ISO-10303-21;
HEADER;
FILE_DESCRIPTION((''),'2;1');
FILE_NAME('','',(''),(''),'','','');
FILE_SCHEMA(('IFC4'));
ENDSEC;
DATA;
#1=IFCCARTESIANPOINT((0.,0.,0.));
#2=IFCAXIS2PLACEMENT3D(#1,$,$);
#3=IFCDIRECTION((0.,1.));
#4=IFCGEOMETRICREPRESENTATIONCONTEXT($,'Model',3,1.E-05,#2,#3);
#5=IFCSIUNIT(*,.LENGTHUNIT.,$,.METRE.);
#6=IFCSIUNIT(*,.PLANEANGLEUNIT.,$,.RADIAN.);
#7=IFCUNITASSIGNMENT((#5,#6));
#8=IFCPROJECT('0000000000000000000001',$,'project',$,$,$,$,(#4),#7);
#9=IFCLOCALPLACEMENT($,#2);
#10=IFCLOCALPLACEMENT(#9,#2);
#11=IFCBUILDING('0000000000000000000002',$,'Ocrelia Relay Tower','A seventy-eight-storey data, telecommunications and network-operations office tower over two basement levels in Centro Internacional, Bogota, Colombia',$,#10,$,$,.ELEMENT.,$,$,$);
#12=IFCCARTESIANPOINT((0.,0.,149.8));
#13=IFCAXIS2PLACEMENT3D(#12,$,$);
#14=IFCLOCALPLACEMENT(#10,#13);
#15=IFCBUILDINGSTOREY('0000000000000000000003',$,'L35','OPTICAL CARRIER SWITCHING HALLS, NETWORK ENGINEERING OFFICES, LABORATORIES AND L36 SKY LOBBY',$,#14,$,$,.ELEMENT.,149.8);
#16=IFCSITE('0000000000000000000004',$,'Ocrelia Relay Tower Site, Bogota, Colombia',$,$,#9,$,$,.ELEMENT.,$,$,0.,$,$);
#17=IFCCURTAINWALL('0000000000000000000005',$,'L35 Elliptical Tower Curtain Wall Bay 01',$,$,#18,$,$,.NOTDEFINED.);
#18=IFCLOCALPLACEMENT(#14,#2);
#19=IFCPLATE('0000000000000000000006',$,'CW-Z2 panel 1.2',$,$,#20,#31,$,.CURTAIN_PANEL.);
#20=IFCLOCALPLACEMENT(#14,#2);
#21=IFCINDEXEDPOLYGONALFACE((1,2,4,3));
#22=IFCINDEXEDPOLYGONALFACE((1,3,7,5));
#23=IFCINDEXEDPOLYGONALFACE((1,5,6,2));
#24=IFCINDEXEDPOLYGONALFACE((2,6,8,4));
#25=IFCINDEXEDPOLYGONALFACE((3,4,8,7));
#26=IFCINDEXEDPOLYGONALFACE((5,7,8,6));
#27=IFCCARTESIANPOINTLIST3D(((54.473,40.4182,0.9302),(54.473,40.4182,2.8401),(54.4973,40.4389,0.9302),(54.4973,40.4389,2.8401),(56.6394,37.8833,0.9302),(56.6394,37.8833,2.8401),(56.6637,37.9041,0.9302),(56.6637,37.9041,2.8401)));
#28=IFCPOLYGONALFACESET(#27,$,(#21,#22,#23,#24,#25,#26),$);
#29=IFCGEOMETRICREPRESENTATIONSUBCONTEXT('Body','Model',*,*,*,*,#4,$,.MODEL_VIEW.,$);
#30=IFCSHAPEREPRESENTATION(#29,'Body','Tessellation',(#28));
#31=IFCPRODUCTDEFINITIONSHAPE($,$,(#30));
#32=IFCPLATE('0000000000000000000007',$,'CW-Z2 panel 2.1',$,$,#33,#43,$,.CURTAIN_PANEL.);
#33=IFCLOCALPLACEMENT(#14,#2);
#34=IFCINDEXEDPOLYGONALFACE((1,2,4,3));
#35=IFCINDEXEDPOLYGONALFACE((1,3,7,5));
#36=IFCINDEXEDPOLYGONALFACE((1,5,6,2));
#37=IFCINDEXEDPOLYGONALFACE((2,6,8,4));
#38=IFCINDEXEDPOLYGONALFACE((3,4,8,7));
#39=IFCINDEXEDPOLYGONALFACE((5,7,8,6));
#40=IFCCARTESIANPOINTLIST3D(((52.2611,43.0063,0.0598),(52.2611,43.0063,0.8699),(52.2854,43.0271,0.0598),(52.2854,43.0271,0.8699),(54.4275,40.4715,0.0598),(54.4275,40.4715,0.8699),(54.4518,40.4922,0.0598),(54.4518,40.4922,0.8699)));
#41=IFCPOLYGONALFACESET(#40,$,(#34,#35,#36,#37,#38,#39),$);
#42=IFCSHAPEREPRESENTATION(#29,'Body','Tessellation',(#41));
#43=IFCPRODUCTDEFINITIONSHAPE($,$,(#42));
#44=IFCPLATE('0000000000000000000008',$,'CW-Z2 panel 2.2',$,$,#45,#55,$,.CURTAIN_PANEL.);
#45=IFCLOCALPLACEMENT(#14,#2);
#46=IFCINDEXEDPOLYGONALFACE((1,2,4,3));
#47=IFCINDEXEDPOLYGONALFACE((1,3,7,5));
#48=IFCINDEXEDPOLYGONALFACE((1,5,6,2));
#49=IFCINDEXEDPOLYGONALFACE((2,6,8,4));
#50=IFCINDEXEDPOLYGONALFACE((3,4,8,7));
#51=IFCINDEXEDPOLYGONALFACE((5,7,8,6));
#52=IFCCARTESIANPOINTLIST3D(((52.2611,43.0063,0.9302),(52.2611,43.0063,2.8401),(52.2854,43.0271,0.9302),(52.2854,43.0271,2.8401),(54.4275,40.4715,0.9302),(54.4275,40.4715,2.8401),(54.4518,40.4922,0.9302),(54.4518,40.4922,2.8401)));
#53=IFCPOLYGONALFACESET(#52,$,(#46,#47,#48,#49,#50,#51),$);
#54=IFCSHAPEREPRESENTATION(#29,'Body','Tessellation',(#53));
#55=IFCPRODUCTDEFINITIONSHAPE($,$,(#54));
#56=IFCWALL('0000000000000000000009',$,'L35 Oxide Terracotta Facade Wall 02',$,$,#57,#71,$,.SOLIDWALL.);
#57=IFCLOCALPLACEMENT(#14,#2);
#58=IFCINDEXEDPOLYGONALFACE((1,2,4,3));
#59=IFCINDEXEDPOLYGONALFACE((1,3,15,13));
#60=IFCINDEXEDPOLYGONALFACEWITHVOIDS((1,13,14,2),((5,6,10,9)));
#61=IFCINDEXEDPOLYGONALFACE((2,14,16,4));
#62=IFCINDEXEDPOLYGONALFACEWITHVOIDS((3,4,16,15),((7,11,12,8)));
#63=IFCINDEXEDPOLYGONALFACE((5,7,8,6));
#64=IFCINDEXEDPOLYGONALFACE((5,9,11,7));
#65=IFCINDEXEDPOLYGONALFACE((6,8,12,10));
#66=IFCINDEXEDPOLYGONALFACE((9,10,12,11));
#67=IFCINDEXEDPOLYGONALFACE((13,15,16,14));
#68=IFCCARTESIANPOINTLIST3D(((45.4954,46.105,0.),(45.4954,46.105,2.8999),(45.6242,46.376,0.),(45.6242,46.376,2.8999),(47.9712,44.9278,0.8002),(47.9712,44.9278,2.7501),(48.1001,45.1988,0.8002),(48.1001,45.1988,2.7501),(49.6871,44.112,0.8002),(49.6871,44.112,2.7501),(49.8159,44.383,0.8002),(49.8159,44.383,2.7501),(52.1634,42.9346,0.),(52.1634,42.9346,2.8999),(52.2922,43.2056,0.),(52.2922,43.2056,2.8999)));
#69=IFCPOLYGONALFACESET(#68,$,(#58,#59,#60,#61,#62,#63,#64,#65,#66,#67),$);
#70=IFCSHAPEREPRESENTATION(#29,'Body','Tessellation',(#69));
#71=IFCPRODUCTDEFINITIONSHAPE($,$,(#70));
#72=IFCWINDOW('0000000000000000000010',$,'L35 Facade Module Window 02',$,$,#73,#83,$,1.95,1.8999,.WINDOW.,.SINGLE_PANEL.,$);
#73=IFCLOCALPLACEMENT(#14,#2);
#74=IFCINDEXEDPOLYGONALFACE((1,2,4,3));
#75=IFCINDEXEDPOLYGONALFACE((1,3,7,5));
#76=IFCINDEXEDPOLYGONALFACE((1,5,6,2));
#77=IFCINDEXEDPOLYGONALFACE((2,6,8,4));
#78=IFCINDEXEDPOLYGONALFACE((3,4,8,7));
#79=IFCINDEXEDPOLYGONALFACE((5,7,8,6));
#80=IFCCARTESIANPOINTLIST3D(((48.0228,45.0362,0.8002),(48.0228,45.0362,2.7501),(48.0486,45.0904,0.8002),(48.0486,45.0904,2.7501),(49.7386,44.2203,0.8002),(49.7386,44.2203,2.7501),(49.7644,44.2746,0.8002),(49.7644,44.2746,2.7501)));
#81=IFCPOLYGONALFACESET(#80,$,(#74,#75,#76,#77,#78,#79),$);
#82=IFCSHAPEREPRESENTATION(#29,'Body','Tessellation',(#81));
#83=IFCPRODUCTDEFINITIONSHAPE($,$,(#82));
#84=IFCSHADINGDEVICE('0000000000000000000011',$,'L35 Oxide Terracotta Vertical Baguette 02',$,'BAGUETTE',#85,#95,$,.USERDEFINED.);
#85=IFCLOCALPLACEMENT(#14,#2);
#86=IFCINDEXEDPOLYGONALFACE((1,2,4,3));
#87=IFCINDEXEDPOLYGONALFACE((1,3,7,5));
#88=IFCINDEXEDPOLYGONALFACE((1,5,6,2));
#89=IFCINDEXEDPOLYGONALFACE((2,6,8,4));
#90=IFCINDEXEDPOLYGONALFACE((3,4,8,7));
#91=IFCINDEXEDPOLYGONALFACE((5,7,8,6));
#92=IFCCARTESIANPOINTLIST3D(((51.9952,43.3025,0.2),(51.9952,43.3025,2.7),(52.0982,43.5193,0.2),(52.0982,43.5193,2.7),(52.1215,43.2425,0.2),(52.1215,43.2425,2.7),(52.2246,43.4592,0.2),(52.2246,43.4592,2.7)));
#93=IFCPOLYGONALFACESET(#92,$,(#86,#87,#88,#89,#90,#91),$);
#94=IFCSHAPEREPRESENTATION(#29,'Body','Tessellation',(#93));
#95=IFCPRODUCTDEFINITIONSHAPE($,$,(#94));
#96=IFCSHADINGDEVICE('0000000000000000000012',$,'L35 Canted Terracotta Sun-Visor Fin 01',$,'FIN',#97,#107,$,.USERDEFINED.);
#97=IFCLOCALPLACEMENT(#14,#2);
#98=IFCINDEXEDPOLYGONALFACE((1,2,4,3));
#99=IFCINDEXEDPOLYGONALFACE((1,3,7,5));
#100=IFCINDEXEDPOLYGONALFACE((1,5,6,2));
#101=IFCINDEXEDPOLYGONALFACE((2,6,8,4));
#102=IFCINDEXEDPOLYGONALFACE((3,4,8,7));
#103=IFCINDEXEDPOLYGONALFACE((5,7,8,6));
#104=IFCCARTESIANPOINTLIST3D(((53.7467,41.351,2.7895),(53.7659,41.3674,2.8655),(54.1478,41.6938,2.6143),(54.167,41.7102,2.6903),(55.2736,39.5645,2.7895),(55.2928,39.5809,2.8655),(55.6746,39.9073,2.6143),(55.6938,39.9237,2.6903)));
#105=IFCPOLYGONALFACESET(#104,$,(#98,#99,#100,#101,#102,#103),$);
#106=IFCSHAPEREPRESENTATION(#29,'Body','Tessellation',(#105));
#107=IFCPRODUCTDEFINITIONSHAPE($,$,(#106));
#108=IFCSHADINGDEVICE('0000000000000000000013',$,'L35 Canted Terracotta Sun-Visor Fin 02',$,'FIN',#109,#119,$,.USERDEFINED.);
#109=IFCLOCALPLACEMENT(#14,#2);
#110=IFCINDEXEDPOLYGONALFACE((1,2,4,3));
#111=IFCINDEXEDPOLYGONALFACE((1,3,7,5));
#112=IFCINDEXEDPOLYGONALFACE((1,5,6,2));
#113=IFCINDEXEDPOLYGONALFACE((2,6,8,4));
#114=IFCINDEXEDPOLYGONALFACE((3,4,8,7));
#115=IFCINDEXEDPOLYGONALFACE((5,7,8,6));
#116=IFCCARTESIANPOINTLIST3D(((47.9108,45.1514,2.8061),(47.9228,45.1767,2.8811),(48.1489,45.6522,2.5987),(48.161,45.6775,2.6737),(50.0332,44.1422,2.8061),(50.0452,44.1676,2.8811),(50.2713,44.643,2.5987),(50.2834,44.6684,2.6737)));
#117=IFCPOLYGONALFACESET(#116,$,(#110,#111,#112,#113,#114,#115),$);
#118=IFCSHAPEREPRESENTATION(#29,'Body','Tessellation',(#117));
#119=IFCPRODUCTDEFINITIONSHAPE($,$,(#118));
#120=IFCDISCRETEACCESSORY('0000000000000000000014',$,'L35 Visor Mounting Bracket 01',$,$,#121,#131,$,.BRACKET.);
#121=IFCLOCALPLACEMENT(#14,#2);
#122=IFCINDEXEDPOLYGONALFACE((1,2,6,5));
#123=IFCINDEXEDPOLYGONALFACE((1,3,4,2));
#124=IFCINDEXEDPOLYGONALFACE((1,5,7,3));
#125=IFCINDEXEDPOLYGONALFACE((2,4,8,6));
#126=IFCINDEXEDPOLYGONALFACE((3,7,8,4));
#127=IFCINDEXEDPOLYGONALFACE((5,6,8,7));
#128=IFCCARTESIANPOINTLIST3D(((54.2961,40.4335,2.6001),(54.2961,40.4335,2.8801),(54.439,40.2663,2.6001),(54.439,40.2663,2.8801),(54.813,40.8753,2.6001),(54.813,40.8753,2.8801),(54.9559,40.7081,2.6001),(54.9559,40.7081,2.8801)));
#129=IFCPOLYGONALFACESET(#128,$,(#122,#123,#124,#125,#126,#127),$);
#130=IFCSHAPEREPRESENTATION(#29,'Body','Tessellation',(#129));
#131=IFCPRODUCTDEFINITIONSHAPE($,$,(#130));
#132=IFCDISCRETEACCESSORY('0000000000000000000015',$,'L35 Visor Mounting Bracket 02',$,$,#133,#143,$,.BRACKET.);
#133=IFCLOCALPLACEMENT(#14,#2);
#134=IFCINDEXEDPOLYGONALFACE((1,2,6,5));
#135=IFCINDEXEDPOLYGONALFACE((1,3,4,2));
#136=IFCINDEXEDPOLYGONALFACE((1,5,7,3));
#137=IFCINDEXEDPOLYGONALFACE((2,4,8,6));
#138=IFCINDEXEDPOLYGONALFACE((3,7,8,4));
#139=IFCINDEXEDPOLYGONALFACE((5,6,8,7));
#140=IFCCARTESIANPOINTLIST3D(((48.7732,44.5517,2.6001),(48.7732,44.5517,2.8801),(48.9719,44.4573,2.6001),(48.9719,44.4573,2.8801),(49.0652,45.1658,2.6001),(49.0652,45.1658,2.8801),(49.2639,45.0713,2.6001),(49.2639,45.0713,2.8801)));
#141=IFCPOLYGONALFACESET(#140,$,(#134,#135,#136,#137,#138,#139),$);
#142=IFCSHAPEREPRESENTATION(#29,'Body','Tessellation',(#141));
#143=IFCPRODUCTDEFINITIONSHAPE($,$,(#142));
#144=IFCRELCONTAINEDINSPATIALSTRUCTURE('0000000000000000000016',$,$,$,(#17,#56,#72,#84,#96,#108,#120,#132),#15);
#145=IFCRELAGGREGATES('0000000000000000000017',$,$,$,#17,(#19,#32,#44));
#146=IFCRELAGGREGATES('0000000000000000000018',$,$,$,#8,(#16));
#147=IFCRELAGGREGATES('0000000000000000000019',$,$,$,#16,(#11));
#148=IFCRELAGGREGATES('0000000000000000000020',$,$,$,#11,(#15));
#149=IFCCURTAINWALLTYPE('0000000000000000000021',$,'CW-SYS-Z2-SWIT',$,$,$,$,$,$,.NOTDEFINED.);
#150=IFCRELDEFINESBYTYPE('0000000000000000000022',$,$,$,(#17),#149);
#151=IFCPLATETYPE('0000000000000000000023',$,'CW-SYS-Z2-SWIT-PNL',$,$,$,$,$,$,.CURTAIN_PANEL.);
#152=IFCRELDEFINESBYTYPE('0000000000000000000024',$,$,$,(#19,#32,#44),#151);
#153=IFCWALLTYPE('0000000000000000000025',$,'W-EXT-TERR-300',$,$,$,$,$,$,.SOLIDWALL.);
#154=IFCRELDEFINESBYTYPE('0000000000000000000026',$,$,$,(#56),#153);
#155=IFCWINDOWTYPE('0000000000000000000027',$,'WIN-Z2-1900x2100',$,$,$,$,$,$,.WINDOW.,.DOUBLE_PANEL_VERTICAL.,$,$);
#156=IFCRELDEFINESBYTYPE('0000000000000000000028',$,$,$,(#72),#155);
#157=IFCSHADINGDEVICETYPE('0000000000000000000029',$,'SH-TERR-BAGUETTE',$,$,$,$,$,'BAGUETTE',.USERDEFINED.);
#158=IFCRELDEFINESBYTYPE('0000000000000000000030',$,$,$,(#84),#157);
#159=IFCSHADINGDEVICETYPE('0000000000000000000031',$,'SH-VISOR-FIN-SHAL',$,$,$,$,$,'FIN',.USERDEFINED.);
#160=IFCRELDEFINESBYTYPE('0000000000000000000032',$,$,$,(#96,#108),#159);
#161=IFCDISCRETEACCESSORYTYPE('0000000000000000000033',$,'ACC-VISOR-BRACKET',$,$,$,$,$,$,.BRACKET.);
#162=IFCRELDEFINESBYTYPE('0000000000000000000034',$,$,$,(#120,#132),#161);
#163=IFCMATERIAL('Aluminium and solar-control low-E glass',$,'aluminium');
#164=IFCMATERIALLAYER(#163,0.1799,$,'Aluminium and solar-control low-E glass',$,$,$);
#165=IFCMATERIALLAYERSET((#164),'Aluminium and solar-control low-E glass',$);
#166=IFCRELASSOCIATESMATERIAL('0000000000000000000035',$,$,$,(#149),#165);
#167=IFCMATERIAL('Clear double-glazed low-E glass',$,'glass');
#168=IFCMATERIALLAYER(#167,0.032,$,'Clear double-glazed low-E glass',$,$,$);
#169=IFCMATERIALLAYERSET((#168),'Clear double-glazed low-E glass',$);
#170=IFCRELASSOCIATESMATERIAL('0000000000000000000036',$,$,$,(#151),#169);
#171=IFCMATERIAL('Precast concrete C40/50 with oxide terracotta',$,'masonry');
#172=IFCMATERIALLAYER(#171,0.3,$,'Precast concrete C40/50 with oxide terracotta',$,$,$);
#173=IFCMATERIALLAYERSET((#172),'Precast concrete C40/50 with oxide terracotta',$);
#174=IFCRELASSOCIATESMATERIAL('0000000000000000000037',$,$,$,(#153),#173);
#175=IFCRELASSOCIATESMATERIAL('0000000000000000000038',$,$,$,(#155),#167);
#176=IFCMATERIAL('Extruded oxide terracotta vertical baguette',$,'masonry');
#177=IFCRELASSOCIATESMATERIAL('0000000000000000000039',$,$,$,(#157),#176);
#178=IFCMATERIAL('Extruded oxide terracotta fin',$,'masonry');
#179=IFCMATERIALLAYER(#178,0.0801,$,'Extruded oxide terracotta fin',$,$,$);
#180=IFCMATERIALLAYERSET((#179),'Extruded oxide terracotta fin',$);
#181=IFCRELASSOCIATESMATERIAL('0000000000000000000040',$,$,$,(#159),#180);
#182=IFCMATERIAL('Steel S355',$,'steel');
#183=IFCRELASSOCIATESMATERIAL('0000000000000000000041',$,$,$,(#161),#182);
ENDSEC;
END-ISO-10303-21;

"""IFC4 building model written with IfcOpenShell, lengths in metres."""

from ifc_helpers import new_model, si_unit, direction, frame, frame_2d, origin, origin_2d, place, context, subcontext, project, spatial, rectangle, extrude, material, layer, layer_set, type_object, element, fill, aggregate, save


model = new_model("IFC4")

# Units and contexts
model_context = context("Model", 3, precision=1e-05, world=origin(), true_north=direction((0.0, 1.0)))
body_context = subcontext(model_context, "Body", "Model", "MODEL_VIEW")
ifc_project = project(units=[si_unit("LENGTHUNIT", "METRE"), si_unit("PLANEANGLEUNIT", "RADIAN")], contexts=[model_context])

# Site, building, storey
site_placement = place(None, origin())
site = spatial("IfcSite", under=ifc_project, at=site_placement, Name="Ocrelia Relay Tower Site, Bogota, Colombia", CompositionType="ELEMENT", RefElevation=0.0)
building_placement = place(site_placement, origin())
building = spatial("IfcBuilding", under=site, at=building_placement, Name="Ocrelia Relay Tower", Description="A seventy-eight-storey data, telecommunications and network-operations office tower over two basement levels in Centro Internacional, Bogota, Colombia", CompositionType="ELEMENT")
storey_placement = place(building_placement, frame((0.0, 0.0, 149.8)))
storey = spatial("IfcBuildingStorey", under=building, at=storey_placement, Name="L35", Description="OPTICAL CARRIER SWITCHING HALLS, NETWORK ENGINEERING OFFICES, LABORATORIES AND L36 SKY LOBBY", CompositionType="ELEMENT", Elevation=149.8)

# Curtain wall
ifc_material_1 = material(Name="Aluminium and solar-control low-E glass", Category="aluminium")
ifc_layer_1 = layer(ifc_material_1, 0.1799, Name="Aluminium and solar-control low-E glass")
ifc_layer_set_1 = layer_set([ifc_layer_1], Name="Aluminium and solar-control low-E glass")
curtain_wall_type = type_object("IfcCurtainWallType", Name="CW-SYS-Z2-SWIT", PredefinedType="NOTDEFINED", material=ifc_layer_set_1)
curtain_wall_1_placement = place(storey_placement, origin())
curtain_wall_1 = element("IfcCurtainWall", 1, at=curtain_wall_1_placement, inside=storey, type_object=curtain_wall_type, Name="L35 Elliptical Tower Curtain Wall Bay 01", PredefinedType="NOTDEFINED")

# Plates
ifc_material_2 = material(Name="Clear double-glazed low-E glass", Category="glass")
ifc_layer_2 = layer(ifc_material_2, 0.032, Name="Clear double-glazed low-E glass")
ifc_layer_set_2 = layer_set([ifc_layer_2], Name="Clear double-glazed low-E glass")
plate_type = type_object("IfcPlateType", Name="CW-SYS-Z2-SWIT-PNL", PredefinedType="CURTAIN_PANEL", material=ifc_layer_set_2)
plate_1_placement = place(storey_placement, frame((55.5684, 39.1611, 0.9302), z_axis=(0.0, 0.0, 1.0), x_axis=(-0.649706, 0.760185, 0.0)))
plate_1 = element("IfcPlate", 2, at=plate_1_placement, type_object=plate_type, Name="CW-Z2 panel 1.2", PredefinedType="CURTAIN_PANEL", context=body_context, shape_type="SweptSolid", body=[
    extrude(rectangle(XDim=3.3345, YDim=0.032, at=origin_2d()), origin(), (0.0, 0.0, 1.0), 1.9099),
])
plate_2_placement = place(storey_placement, frame((53.3564, 41.7493, 0.0598), z_axis=(0.0, 0.0, 1.0), x_axis=(-0.649706, 0.760185, 0.0)))
plate_2 = element("IfcPlate", 3, at=plate_2_placement, type_object=plate_type, Name="CW-Z2 panel 2.1", PredefinedType="CURTAIN_PANEL", context=body_context, shape_type="SweptSolid", body=[
    extrude(rectangle(XDim=3.3345, YDim=0.032, at=origin_2d()), origin(), (0.0, 0.0, 1.0), 0.8101),
])
plate_3_placement = place(storey_placement, frame((53.3564, 41.7493, 0.9302), z_axis=(0.0, 0.0, 1.0), x_axis=(-0.649706, 0.760185, 0.0)))
plate_3 = element("IfcPlate", 4, at=plate_3_placement, type_object=plate_type, Name="CW-Z2 panel 2.2", PredefinedType="CURTAIN_PANEL", context=body_context, shape_type="SweptSolid", body=[
    extrude(rectangle(XDim=3.3345, YDim=0.032, at=origin_2d()), origin(), (0.0, 0.0, 1.0), 1.9099),
])
aggregate(curtain_wall_1, [plate_1, plate_2, plate_3])

# Wall, opening, window
ifc_material_3 = material(Name="Precast concrete C40/50 with oxide terracotta", Category="masonry")
ifc_layer_3 = layer(ifc_material_3, 0.3, Name="Precast concrete C40/50 with oxide terracotta")
ifc_layer_set_3 = layer_set([ifc_layer_3], Name="Precast concrete C40/50 with oxide terracotta")
wall_type = type_object("IfcWallType", Name="W-EXT-TERR-300", PredefinedType="SOLIDWALL", material=ifc_layer_set_3)
wall_placement = place(storey_placement, frame((52.2278, 43.0701, 0.0), z_axis=(0.0, 0.0, 1.0), x_axis=(-0.903113, 0.429402, 0.0)))
wall = element("IfcWall", 5, at=wall_placement, inside=storey, type_object=wall_type, Name="L35 Oxide Terracotta Facade Wall 02", PredefinedType="SOLIDWALL", context=body_context, shape_type="SweptSolid", body=[
    extrude(rectangle(XDim=7.3833, YDim=0.3, at=frame_2d((3.6917, 0.0))), origin(), (0.0, 0.0, 1.0), 2.8999),
])
opening_placement = place(wall_placement, frame((2.7419, 0.0, 0.8)))
opening = element("IfcOpeningElement", 6, at=opening_placement, cuts=wall, PredefinedType="OPENING", context=body_context, shape_type="SweptSolid", body=[
    extrude(rectangle(XDim=1.8999, YDim=1.95, at=frame_2d((0.95, 0.9751))), frame((0.0, 0.1602, 0.0), z_axis=(0.0, -1.0, 0.0), x_axis=(1.0, 0.0, 0.0)), (0.0, 0.0, 1.0), 0.3201),
])
window_type = type_object("IfcWindowType", Name="WIN-Z2-1900x2100", PartitioningType="DOUBLE_PANEL_VERTICAL", PredefinedType="WINDOW", material=ifc_material_2)
window_placement = place(opening_placement, origin())
window = element("IfcWindow", 7, at=window_placement, inside=storey, type_object=window_type, Name="L35 Facade Module Window 02", OverallHeight=1.95, OverallWidth=1.8999, PartitioningType="SINGLE_PANEL", PredefinedType="WINDOW", context=body_context, shape_type="SweptSolid", body=[
    extrude(rectangle(XDim=1.8999, YDim=1.95, at=frame_2d((0.95, 0.9751))), frame((0.0, 0.03, 0.0), z_axis=(0.0, -1.0, 0.0), x_axis=(1.0, 0.0, 0.0)), (0.0, 0.0, 1.0), 0.0601),
])
fill(opening, window)

# Shading devices
ifc_material_4 = material(Name="Extruded oxide terracotta vertical baguette", Category="masonry")
shading_device_type_1 = type_object("IfcShadingDeviceType", Name="SH-TERR-BAGUETTE", ElementType="BAGUETTE", PredefinedType="USERDEFINED", material=ifc_material_4)
shading_device_1_placement = place(storey_placement, frame((52.1099, 43.3809, 0.2), z_axis=(0.0, 0.0, 1.0), x_axis=(-0.903107, 0.429416, 0.0)))
element("IfcShadingDevice", 8, at=shading_device_1_placement, inside=storey, type_object=shading_device_type_1, Name="L35 Oxide Terracotta Vertical Baguette 02", ObjectType="BAGUETTE", PredefinedType="USERDEFINED", context=body_context, shape_type="SweptSolid", body=[
    extrude(rectangle(XDim=0.1399, YDim=0.24, at=origin_2d()), origin(), (0.0, 0.0, 1.0), 2.5),
])
ifc_material_5 = material(Name="Extruded oxide terracotta fin", Category="masonry")
ifc_layer_4 = layer(ifc_material_5, 0.0801, Name="Extruded oxide terracotta fin")
ifc_layer_set_4 = layer_set([ifc_layer_4], Name="Extruded oxide terracotta fin")
shading_device_type_2 = type_object("IfcShadingDeviceType", Name="SH-VISOR-FIN-SHAL", ElementType="FIN", PredefinedType="USERDEFINED", material=ifc_layer_set_4)
shading_device_2_placement = place(storey_placement, frame((54.7107, 40.6292, 2.7019), z_axis=(0.2397, 0.204864, 0.948986), x_axis=(-0.649706, 0.760185, 0.0)))
element("IfcShadingDevice", 9, at=shading_device_2_placement, inside=storey, type_object=shading_device_type_2, Name="L35 Canted Terracotta Sun-Visor Fin 01", ObjectType="FIN", PredefinedType="USERDEFINED", context=body_context, shape_type="SweptSolid", body=[
    extrude(rectangle(XDim=2.3501, YDim=0.5559, at=origin_2d()), origin(), (0.0, 0.0, 1.0), 0.0801),
])
shading_device_3_placement = place(storey_placement, frame((49.0911, 44.8972, 2.7024), z_axis=(0.150385, 0.316275, 0.936672), x_axis=(-0.903107, 0.429416, 0.0)))
element("IfcShadingDevice", 10, at=shading_device_3_placement, inside=storey, type_object=shading_device_type_2, Name="L35 Canted Terracotta Sun-Visor Fin 02", ObjectType="FIN", PredefinedType="USERDEFINED", context=body_context, shape_type="SweptSolid", body=[
    extrude(rectangle(XDim=2.3501, YDim=0.592, at=origin_2d()), origin(), (0.0, 0.0, 1.0), 0.0801),
])

# Discrete accessories
ifc_material_6 = material(Name="Steel S355", Category="steel")
discrete_accessory_type = type_object("IfcDiscreteAccessoryType", Name="ACC-VISOR-BRACKET", PredefinedType="BRACKET", material=ifc_material_6)
for number, where, z_axis, x_axis, name in (
    (11, (54.626, 40.5708, 2.6001), (0.0, 0.0, 1.0), (-0.649706, 0.760185, 0.0), "L35 Visor Mounting Bracket 01"),
    (12, (49.0186, 44.8115, 2.6001), (0.0, 0.0, 1.0), (-0.903107, 0.429416, 0.0), "L35 Visor Mounting Bracket 02"),
):
    element("IfcDiscreteAccessory", number, at=place(storey_placement, frame(where, z_axis=z_axis, x_axis=x_axis)), inside=storey, type_object=discrete_accessory_type, Name=name, PredefinedType="BRACKET", context=body_context, shape_type="SweptSolid", body=[
        extrude(rectangle(XDim=0.22, YDim=0.6799, at=origin_2d()), origin(), (0.0, 0.0, 1.0), 0.28),
    ])

save(model, "model.ifc")
